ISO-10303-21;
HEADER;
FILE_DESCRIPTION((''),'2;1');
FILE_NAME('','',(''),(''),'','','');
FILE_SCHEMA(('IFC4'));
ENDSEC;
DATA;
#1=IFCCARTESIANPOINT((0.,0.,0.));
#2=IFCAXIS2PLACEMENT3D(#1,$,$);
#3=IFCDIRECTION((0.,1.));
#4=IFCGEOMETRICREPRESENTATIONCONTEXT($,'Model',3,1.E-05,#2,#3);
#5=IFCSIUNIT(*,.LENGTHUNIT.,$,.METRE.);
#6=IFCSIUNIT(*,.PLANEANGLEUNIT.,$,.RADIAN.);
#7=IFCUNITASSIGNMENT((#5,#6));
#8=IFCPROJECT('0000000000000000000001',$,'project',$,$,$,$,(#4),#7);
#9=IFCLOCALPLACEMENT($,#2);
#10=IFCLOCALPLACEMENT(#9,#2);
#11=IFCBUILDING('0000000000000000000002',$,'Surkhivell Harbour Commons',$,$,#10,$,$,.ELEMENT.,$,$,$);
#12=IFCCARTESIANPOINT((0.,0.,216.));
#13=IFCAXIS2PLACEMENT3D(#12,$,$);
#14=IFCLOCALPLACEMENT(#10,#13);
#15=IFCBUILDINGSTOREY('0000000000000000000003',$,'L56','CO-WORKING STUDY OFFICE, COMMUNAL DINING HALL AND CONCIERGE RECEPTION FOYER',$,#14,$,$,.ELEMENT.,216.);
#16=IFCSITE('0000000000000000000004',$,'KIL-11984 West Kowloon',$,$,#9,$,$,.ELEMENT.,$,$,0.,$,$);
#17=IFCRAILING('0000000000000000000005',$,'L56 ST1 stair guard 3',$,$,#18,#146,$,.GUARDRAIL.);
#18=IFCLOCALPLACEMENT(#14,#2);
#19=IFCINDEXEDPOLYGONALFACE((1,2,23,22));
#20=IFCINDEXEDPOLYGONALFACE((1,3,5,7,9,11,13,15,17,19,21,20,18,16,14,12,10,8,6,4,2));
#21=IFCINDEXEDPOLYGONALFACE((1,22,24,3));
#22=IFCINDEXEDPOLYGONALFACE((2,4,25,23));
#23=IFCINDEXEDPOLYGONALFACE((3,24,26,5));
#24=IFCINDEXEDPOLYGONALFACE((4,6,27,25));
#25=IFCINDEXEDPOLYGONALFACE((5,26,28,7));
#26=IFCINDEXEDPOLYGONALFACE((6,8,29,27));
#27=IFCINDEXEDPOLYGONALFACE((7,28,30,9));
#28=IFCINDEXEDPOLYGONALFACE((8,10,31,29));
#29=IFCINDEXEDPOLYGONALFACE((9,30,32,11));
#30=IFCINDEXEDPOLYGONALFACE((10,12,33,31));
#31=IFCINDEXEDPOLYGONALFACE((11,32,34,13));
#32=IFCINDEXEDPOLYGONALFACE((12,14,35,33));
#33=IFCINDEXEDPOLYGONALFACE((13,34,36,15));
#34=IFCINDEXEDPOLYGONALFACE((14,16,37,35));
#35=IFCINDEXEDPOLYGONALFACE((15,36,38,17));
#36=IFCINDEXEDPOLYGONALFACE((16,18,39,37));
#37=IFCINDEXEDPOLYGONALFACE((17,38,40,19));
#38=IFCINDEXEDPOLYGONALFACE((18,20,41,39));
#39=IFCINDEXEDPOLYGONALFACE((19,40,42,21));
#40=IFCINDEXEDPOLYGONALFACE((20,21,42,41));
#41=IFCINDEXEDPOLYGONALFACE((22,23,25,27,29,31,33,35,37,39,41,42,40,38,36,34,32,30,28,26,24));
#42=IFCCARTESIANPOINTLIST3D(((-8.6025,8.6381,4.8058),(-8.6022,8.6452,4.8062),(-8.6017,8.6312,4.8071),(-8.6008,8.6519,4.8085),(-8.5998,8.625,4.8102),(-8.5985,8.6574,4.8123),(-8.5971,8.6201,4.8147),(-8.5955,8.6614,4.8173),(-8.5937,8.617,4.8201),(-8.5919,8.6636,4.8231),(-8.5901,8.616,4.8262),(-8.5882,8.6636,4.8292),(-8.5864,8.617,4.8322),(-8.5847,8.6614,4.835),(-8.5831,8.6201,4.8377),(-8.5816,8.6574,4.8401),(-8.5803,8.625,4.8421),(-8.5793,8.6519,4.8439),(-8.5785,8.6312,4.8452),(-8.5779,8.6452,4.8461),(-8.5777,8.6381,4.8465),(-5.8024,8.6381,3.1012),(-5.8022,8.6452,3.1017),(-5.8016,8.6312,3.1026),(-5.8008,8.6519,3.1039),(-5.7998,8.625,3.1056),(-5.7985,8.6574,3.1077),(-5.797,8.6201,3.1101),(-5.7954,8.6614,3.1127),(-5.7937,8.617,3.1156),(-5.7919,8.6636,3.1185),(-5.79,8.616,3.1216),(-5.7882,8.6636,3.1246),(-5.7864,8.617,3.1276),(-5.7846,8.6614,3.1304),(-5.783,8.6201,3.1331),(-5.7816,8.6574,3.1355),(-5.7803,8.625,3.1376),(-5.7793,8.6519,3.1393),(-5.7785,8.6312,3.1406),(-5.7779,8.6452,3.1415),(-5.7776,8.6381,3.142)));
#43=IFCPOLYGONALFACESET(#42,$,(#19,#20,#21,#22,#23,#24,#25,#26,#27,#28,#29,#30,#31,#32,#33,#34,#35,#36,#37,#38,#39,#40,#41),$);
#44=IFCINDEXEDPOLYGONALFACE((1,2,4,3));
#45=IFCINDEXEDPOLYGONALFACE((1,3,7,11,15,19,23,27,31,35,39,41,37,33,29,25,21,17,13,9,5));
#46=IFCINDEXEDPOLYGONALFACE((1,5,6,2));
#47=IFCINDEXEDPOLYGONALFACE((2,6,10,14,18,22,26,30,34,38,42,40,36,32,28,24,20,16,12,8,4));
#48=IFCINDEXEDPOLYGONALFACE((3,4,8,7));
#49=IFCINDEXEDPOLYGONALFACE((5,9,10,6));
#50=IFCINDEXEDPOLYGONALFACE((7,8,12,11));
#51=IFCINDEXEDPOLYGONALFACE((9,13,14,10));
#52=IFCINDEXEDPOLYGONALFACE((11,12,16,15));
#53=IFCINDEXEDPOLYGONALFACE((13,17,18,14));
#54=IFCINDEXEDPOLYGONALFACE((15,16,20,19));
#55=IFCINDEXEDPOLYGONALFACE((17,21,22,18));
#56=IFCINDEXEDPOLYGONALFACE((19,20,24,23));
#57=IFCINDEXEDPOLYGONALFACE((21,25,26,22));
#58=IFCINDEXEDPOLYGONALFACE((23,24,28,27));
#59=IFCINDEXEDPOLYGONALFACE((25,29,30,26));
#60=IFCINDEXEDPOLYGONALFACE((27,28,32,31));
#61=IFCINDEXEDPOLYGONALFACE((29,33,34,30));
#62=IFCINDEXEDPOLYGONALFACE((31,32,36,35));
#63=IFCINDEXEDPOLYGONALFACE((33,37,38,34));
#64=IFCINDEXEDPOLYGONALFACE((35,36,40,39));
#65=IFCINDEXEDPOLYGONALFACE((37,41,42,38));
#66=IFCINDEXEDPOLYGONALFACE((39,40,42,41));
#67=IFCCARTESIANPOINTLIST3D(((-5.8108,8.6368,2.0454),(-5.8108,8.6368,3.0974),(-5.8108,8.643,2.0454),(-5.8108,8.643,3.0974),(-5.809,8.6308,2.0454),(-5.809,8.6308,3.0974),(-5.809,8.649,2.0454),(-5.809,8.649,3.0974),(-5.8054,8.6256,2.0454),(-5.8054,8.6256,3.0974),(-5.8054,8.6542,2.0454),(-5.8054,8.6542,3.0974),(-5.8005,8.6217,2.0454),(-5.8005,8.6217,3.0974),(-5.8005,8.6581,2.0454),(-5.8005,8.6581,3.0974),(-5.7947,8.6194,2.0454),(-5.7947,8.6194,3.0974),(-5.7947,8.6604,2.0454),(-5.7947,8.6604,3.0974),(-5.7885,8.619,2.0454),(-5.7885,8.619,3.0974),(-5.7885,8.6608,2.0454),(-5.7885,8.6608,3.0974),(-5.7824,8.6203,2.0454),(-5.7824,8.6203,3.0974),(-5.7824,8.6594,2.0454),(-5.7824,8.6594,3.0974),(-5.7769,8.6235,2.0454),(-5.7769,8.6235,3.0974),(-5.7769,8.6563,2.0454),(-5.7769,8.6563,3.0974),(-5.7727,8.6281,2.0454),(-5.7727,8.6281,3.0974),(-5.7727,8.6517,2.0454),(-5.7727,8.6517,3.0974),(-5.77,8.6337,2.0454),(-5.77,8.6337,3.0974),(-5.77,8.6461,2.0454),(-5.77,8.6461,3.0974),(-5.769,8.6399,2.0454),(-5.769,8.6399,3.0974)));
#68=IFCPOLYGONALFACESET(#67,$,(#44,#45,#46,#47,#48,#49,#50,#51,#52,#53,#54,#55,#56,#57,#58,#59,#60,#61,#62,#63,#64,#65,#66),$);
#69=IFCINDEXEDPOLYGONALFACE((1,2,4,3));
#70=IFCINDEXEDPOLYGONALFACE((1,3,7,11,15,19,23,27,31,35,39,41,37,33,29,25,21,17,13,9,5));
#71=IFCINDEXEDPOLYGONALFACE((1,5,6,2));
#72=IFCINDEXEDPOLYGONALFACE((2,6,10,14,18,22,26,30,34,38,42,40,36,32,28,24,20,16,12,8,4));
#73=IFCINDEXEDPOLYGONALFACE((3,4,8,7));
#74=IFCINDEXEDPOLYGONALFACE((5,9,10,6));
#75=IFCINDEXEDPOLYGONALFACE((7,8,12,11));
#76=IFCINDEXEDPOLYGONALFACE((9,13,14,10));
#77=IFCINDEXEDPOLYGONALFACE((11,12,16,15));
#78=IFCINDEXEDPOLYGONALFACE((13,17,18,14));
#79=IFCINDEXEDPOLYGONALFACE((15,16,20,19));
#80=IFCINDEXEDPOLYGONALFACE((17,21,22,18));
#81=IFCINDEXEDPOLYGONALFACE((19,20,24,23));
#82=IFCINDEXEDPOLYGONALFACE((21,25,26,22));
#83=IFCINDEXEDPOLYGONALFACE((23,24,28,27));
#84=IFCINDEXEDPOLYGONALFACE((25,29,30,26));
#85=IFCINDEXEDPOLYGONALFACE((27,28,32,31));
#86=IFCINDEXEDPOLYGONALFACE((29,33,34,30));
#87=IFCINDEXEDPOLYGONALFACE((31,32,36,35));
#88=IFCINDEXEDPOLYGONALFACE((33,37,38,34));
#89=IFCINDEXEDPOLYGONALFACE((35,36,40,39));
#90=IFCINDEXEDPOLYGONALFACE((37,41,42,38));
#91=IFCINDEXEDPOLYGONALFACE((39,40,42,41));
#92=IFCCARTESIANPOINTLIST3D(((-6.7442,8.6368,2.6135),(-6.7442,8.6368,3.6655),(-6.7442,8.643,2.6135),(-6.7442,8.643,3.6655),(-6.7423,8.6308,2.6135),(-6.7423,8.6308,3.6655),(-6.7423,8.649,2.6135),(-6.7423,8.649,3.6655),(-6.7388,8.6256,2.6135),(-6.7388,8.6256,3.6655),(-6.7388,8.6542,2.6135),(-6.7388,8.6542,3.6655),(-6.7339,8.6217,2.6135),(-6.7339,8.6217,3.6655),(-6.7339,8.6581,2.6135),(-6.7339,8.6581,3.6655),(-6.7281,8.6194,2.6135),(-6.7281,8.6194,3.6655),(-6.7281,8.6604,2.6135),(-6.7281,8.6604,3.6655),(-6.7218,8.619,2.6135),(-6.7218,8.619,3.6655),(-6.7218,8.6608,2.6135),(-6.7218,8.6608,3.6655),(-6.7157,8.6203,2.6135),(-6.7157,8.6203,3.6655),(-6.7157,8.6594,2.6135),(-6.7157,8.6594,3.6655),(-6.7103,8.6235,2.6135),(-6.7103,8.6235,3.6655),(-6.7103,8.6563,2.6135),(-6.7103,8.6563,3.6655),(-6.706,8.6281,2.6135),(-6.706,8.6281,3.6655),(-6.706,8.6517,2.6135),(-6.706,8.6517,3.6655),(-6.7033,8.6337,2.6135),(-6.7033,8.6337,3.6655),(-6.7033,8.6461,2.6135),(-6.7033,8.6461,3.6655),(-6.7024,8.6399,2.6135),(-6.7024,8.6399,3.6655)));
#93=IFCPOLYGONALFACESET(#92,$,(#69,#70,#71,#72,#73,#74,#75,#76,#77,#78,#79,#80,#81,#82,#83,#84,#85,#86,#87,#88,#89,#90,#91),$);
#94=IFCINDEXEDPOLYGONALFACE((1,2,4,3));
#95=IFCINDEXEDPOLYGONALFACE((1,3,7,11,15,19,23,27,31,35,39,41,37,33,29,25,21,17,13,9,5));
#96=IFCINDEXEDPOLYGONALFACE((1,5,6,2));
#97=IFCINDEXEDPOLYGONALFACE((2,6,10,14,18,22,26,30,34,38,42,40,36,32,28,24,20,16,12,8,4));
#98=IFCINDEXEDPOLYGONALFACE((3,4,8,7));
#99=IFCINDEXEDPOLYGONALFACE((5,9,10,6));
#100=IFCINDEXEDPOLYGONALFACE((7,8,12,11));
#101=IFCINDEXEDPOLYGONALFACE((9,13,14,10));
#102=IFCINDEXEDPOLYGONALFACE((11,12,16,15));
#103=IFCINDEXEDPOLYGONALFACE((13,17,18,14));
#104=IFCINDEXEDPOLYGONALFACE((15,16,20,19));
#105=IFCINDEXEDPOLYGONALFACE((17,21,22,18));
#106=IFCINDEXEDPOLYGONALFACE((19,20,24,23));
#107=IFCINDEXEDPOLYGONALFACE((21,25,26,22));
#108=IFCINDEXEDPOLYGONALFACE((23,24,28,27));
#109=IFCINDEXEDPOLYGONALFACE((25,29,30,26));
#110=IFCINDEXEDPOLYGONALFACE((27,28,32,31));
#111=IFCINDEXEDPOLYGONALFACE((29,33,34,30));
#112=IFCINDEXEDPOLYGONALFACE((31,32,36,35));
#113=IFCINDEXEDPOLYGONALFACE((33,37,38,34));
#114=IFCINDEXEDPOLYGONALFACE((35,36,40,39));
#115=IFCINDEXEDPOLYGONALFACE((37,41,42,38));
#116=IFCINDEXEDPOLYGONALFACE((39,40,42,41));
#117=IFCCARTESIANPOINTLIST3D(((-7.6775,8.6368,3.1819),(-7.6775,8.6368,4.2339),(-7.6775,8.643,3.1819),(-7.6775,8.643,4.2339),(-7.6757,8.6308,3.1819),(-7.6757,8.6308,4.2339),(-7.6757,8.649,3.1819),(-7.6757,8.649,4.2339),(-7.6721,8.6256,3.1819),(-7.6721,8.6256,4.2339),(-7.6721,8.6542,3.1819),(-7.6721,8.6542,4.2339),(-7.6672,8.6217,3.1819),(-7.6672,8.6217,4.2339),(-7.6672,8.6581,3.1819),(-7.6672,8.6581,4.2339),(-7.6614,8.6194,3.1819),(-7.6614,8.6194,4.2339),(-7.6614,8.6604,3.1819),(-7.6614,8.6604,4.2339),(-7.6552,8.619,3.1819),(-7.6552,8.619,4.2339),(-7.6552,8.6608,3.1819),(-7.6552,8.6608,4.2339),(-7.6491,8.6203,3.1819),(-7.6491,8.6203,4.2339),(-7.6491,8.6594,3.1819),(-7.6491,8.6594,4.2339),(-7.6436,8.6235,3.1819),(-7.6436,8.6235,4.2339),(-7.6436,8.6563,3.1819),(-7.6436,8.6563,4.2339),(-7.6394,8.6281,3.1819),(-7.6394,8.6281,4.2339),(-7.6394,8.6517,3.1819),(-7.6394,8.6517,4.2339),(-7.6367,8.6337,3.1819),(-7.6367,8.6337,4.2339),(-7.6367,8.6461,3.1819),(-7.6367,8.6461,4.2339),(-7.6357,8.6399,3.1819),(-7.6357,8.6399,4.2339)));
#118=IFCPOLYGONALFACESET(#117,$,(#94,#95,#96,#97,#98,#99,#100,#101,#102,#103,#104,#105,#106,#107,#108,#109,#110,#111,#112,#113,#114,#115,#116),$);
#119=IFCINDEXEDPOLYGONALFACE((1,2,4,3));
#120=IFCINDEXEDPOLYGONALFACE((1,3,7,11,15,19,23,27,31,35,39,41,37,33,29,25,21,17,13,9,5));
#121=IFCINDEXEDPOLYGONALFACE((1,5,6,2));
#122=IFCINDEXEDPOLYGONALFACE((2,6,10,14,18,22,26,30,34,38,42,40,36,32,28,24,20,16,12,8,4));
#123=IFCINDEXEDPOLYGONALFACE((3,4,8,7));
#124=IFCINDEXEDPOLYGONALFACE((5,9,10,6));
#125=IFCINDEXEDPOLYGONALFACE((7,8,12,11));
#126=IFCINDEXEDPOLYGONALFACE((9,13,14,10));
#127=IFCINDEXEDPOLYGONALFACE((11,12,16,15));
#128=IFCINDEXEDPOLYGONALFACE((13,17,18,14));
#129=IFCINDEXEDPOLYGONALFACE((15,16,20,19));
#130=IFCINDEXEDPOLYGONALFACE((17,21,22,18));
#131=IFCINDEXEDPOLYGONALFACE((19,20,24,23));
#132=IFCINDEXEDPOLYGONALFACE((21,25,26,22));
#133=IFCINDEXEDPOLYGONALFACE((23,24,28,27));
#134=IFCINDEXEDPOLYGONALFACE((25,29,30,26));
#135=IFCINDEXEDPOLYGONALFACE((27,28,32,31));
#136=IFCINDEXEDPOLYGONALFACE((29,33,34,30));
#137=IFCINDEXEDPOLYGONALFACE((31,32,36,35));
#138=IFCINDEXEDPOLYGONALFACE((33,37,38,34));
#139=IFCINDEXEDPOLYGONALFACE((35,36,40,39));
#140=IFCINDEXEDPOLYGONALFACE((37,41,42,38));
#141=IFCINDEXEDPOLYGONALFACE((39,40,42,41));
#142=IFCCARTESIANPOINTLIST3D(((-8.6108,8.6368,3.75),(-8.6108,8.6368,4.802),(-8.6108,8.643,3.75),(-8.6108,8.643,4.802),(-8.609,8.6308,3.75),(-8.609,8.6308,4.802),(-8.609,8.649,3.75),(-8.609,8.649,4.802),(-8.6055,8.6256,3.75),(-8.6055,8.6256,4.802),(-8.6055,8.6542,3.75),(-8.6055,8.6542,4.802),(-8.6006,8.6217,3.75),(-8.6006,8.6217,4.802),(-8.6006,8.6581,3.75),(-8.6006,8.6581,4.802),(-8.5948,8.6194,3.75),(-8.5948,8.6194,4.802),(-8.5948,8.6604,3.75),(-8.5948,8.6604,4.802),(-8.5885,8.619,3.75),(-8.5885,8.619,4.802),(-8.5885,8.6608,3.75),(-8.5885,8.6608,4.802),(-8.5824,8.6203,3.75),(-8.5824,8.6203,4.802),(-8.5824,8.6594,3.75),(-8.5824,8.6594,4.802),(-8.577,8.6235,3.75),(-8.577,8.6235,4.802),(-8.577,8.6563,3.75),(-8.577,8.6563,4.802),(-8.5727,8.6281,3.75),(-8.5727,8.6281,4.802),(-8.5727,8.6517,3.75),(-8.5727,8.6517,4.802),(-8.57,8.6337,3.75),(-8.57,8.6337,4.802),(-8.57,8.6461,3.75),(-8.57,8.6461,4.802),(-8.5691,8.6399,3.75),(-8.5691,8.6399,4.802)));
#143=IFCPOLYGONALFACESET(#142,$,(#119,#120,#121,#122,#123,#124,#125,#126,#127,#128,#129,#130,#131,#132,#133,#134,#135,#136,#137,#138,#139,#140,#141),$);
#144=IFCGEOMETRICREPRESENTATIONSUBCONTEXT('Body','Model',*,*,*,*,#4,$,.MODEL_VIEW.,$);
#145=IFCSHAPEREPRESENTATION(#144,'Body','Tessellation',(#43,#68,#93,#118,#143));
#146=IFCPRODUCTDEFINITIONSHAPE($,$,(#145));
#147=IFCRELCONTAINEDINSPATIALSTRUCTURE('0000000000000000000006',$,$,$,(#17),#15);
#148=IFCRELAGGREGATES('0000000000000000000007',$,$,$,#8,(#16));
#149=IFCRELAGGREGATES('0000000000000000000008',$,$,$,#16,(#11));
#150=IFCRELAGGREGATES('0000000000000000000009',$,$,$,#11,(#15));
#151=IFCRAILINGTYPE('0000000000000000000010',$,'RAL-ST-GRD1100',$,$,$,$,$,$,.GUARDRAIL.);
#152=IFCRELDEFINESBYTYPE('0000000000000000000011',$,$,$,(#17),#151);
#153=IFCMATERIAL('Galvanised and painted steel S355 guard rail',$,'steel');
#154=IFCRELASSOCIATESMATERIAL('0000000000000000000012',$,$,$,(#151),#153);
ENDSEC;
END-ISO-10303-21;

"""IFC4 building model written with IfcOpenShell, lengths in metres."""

from ifc_helpers import new_model, si_unit, direction, frame, origin, origin_2d, place, context, subcontext, project, spatial, circle, extrude, material, type_object, element, save


model = new_model("IFC4")

# Units and contexts
model_context = context("Model", 3, precision=1e-05, world=origin(), true_north=direction((0.0, 1.0)))
body_context = subcontext(model_context, "Body", "Model", "MODEL_VIEW")
ifc_project = project(units=[si_unit("LENGTHUNIT", "METRE"), si_unit("PLANEANGLEUNIT", "RADIAN")], contexts=[model_context])

# Site, building, storey
site_placement = place(None, origin())
site = spatial("IfcSite", under=ifc_project, at=site_placement, Name="KIL-11984 West Kowloon", CompositionType="ELEMENT", RefElevation=0.0)
building_placement = place(site_placement, origin())
building = spatial("IfcBuilding", under=site, at=building_placement, Name="Surkhivell Harbour Commons", CompositionType="ELEMENT")
storey_placement = place(building_placement, frame((0.0, 0.0, 216.0)))
storey = spatial("IfcBuildingStorey", under=building, at=storey_placement, Name="L56", Description="CO-WORKING STUDY OFFICE, COMMUNAL DINING HALL AND CONCIERGE RECEPTION FOYER", CompositionType="ELEMENT", Elevation=216.0)

# Railing
ifc_material_1 = material(Name="Galvanised and painted steel S355 guard rail", Category="steel")
railing_type_1 = type_object("IfcRailingType", Name="RAL-ST-GRD1100", PredefinedType="GUARDRAIL", material=ifc_material_1)
railing_1_placement = place(storey_placement, frame((-5.79, 8.6399, 2.0454)))
element("IfcRailing", 1, at=railing_1_placement, inside=storey, type_object=railing_type_1, Name="L56 ST1 stair guard 3", PredefinedType="GUARDRAIL", context=body_context, shape_type="SweptSolid", body=[
    extrude(circle(Radius=0.0239, at=origin_2d()), frame((0.0, 0.0, 1.0762), z_axis=(-0.85417, 0.0, 0.519994), x_axis=(0.0, -1.0, 0.0)), (0.0, 0.0, 1.0), 3.2781),
    extrude(circle(Radius=0.021, at=origin_2d()), origin(), (0.0, 0.0, 1.0), 1.052),
    extrude(circle(Radius=0.021, at=origin_2d()), frame((-0.9333, 0.0, 0.5681)), (0.0, 0.0, 1.0), 1.052),
    extrude(circle(Radius=0.021, at=origin_2d()), frame((-1.8667, 0.0, 1.1365)), (0.0, 0.0, 1.0), 1.052),
    extrude(circle(Radius=0.021, at=origin_2d()), frame((-2.8, 0.0, 1.7046)), (0.0, 0.0, 1.0), 1.052),
])

save(model, "model.ifc")
